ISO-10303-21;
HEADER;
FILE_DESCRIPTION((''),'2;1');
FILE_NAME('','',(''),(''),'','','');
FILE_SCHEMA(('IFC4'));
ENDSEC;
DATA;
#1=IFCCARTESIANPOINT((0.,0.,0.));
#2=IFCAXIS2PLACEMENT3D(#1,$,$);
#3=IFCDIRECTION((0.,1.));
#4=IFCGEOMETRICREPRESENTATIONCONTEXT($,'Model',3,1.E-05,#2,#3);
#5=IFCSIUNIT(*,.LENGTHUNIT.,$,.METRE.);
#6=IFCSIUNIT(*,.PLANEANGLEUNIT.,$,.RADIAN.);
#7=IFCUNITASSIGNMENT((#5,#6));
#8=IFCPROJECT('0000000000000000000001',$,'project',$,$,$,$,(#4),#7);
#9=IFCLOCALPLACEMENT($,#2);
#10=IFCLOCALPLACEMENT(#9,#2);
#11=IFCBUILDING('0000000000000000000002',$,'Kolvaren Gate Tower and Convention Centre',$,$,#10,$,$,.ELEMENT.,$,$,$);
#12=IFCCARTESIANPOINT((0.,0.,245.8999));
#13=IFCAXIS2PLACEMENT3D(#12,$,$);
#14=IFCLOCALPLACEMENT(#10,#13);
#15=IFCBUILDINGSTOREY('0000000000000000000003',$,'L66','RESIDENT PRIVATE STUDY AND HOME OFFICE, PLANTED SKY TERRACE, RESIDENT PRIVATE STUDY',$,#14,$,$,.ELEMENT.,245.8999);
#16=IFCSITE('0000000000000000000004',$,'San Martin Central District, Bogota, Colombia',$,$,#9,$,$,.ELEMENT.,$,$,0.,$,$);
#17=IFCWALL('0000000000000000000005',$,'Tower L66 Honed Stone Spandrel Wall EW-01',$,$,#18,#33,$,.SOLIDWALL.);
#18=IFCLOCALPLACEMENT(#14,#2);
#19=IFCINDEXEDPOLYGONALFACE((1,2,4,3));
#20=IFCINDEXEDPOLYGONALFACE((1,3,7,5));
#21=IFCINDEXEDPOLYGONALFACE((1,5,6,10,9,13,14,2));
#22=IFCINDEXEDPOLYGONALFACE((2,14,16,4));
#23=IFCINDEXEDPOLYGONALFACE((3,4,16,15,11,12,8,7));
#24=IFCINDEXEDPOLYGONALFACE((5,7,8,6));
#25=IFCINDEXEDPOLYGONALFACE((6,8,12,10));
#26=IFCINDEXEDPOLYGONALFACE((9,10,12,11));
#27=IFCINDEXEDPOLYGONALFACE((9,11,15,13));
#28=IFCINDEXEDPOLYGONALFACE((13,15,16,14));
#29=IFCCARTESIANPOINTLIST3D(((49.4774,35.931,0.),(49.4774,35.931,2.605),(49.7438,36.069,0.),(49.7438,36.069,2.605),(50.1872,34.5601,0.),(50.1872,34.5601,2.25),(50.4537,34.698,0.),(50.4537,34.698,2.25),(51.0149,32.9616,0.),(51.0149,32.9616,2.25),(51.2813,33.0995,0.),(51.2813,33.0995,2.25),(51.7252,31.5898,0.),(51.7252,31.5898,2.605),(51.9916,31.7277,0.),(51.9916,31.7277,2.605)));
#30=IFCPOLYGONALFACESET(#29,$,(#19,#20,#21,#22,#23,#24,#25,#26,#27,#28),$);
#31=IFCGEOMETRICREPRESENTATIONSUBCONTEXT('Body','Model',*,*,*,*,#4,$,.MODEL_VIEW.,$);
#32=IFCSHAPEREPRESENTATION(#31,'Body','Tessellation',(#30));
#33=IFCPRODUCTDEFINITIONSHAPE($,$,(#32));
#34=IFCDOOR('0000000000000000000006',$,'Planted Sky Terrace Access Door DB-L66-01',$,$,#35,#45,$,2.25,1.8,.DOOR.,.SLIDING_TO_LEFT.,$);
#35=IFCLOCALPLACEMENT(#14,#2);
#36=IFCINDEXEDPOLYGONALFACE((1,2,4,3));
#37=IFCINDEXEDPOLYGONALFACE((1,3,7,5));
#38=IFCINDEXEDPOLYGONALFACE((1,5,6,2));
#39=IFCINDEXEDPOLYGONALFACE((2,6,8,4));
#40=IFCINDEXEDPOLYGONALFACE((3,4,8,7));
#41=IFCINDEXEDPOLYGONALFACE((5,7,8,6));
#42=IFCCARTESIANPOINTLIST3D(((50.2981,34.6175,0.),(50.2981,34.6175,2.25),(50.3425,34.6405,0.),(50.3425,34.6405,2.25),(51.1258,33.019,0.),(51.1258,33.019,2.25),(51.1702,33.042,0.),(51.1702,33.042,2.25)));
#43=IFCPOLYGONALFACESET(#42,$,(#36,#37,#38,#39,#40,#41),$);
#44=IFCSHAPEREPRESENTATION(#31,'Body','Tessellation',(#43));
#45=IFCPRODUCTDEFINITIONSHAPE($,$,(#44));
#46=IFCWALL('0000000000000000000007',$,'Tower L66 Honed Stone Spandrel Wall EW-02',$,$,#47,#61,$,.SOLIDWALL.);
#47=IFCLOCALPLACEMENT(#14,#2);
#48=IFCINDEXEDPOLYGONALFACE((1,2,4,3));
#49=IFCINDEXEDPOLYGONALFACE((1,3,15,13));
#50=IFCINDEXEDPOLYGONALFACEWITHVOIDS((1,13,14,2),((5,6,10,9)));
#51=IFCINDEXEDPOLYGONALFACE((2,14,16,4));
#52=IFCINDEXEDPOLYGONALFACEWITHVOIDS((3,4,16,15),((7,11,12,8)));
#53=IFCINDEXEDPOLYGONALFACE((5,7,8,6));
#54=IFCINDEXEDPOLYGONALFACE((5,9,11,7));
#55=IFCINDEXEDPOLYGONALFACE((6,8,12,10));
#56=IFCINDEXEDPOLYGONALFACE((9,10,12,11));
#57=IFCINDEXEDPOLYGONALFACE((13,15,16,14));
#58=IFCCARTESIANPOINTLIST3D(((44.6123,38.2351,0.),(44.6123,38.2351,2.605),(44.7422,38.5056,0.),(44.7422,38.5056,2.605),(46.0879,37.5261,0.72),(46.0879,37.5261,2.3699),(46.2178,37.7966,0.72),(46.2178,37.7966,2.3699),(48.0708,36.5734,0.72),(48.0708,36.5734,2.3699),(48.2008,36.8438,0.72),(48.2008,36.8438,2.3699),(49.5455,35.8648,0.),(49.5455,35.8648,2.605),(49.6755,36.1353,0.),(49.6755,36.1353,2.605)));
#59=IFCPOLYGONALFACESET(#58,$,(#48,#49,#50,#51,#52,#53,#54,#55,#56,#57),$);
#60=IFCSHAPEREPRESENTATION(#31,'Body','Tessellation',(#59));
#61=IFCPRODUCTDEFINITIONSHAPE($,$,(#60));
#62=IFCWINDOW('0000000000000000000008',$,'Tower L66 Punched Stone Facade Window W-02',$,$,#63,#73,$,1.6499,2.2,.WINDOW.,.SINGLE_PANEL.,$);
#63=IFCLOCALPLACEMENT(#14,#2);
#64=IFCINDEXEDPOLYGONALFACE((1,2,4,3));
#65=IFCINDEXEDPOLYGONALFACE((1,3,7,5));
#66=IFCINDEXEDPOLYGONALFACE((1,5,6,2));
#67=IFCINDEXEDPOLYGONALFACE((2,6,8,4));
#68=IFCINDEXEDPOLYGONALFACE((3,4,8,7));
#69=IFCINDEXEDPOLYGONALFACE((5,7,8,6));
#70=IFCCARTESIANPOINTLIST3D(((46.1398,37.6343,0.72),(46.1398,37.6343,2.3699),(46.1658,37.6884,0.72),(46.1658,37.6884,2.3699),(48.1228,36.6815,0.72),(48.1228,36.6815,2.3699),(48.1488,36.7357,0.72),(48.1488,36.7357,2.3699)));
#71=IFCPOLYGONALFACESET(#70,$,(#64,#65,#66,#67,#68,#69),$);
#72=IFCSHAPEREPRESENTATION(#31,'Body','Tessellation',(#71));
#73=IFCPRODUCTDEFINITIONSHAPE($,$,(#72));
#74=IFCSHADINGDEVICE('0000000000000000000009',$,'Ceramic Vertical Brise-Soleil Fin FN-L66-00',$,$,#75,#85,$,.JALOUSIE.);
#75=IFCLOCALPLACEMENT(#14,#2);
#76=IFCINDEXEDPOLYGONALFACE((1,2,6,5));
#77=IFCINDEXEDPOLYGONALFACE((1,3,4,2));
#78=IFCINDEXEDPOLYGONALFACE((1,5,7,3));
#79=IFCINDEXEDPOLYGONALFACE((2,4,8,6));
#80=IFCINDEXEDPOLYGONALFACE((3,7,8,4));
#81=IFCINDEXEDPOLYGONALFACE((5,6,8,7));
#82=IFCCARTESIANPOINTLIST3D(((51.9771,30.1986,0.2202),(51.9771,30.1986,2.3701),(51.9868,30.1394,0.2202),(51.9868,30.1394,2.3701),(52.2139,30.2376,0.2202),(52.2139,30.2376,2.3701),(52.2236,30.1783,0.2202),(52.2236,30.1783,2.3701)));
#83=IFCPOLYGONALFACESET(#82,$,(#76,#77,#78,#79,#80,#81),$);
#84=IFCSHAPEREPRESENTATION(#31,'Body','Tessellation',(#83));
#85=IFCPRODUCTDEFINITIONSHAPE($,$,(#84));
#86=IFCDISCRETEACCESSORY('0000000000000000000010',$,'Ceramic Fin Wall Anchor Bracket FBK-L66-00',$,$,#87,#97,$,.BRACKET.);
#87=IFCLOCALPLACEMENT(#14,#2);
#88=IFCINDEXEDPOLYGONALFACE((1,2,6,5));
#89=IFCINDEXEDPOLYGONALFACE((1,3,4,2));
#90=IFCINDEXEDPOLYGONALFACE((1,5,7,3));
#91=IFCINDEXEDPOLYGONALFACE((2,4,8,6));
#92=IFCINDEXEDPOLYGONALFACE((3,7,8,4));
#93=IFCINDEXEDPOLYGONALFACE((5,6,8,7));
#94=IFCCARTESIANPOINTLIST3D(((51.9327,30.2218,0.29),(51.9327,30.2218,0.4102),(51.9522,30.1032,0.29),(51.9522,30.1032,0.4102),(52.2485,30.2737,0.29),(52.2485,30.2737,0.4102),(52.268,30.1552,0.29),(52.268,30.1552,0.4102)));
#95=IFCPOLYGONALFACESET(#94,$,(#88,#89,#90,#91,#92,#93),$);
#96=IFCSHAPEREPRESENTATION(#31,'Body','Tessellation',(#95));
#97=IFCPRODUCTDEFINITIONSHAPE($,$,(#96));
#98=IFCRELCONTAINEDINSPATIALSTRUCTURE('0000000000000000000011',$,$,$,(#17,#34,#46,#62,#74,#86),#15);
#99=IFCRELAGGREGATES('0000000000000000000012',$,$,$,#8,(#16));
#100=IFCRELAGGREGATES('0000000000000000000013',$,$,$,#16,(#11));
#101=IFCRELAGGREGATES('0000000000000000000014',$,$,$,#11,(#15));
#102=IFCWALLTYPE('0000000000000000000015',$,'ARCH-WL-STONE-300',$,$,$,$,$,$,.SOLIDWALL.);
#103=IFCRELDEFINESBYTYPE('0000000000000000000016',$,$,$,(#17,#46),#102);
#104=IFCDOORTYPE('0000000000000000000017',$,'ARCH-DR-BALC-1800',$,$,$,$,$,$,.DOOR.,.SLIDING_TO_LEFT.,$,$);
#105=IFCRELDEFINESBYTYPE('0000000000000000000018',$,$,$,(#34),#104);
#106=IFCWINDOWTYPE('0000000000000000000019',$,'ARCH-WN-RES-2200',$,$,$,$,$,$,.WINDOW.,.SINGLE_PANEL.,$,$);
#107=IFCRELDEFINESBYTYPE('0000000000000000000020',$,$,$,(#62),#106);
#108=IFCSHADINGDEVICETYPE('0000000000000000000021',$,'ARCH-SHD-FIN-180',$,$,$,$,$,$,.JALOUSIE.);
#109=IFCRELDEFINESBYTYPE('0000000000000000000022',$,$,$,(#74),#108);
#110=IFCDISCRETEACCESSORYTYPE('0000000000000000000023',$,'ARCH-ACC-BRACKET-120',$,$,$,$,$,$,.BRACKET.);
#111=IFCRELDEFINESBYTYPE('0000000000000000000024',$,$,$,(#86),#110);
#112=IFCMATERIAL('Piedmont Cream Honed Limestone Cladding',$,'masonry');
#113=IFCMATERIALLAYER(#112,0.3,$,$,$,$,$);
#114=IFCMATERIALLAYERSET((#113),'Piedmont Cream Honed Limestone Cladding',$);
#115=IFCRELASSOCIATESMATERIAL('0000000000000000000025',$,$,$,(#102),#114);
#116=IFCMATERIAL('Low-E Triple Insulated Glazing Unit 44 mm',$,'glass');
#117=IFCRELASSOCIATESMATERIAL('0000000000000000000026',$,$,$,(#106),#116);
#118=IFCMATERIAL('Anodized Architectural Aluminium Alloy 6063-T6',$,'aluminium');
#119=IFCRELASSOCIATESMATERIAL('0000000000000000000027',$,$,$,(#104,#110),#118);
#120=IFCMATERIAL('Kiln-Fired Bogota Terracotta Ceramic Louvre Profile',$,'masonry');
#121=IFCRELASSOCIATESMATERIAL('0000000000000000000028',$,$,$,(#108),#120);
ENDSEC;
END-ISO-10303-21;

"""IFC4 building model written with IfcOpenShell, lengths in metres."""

from ifc_helpers import new_model, si_unit, direction, frame, frame_2d, origin, origin_2d, place, context, subcontext, project, spatial, rectangle, extrude, material, layer, layer_set, type_object, element, fill, save


model = new_model("IFC4")

# Units and contexts
model_context = context("Model", 3, precision=1e-05, world=origin(), true_north=direction((0.0, 1.0)))
body_context = subcontext(model_context, "Body", "Model", "MODEL_VIEW")
ifc_project = project(units=[si_unit("LENGTHUNIT", "METRE"), si_unit("PLANEANGLEUNIT", "RADIAN")], contexts=[model_context])

# Site, building, storey
site_placement = place(None, origin())
site = spatial("IfcSite", under=ifc_project, at=site_placement, Name="San Martin Central District, Bogota, Colombia", CompositionType="ELEMENT", RefElevation=0.0)
building_placement = place(site_placement, origin())
building = spatial("IfcBuilding", under=site, at=building_placement, Name="Kolvaren Gate Tower and Convention Centre", CompositionType="ELEMENT")
storey_placement = place(building_placement, frame((0.0, 0.0, 245.8999)))
storey = spatial("IfcBuildingStorey", under=building, at=storey_placement, Name="L66", Description="RESIDENT PRIVATE STUDY AND HOME OFFICE, PLANTED SKY TERRACE, RESIDENT PRIVATE STUDY", CompositionType="ELEMENT", Elevation=245.8999)

# Shared definitions
ifc_material_1 = material(Name="Anodized Architectural Aluminium Alloy 6063-T6", Category="aluminium")

# Shared definitions
ifc_material_2 = material(Name="Piedmont Cream Honed Limestone Cladding", Category="masonry")

# Shared definitions
ifc_layer_1 = layer(ifc_material_2, 0.3)
ifc_layer_set_1 = layer_set([ifc_layer_1], Name="Piedmont Cream Honed Limestone Cladding")
wall_type_1 = type_object("IfcWallType", Name="ARCH-WL-STONE-300", PredefinedType="SOLIDWALL", material=ifc_layer_set_1)
ifc_material_3 = material(Name="Low-E Triple Insulated Glazing Unit 44 mm", Category="glass")
window_type = type_object("IfcWindowType", Name="ARCH-WN-RES-2200", PartitioningType="SINGLE_PANEL", PredefinedType="WINDOW", material=ifc_material_3)

# Wall, opening, door
wall_1_placement = place(storey_placement, frame((49.6106, 36.0, 0.0), z_axis=(0.0, 0.0, 1.0), x_axis=(0.459794, -0.888026, 0.0)))
wall_1 = element("IfcWall", 1, at=wall_1_placement, inside=storey, type_object=wall_type_1, Name="Tower L66 Honed Stone Spandrel Wall EW-01", PredefinedType="SOLIDWALL", context=body_context, shape_type="SweptSolid", body=[
    extrude(rectangle(XDim=4.8887, YDim=0.3, at=frame_2d((2.4443, 0.0))), origin(), (0.0, 0.0, 1.0), 2.605),
])
opening_1_placement = place(wall_1_placement, frame((1.5439, 0.0, 0.0)))
opening_1 = element("IfcOpeningElement", 2, at=opening_1_placement, cuts=wall_1, PredefinedType="OPENING", context=body_context, shape_type="SweptSolid", body=[
    extrude(rectangle(XDim=1.8, YDim=2.25, at=frame_2d((0.8999, 1.125))), frame((0.0, 0.1599, 0.0), z_axis=(0.0, -1.0, 0.0), x_axis=(1.0, 0.0, 0.0)), (0.0, 0.0, 1.0), 0.3201),
])
door_type_1 = type_object("IfcDoorType", Name="ARCH-DR-BALC-1800", OperationType="SLIDING_TO_LEFT", PredefinedType="DOOR", material=ifc_material_1)
door_1_placement = place(opening_1_placement, origin())
door_1 = element("IfcDoor", 3, at=door_1_placement, inside=storey, type_object=door_type_1, Name="Planted Sky Terrace Access Door DB-L66-01", OperationType="SLIDING_TO_LEFT", OverallHeight=2.25, OverallWidth=1.8, PredefinedType="DOOR", context=body_context, shape_type="SweptSolid", body=[
    extrude(rectangle(XDim=1.8, YDim=2.25, at=frame_2d((0.8999, 1.125))), frame((0.0, 0.0249, 0.0), z_axis=(0.0, -1.0, 0.0), x_axis=(1.0, 0.0, 0.0)), (0.0, 0.0, 1.0), 0.05),
])
fill(opening_1, door_1)

# Wall, opening, window
wall_2_placement = place(storey_placement, frame((44.6772, 38.3704, 0.0), z_axis=(0.0, 0.0, 1.0), x_axis=(0.901355, -0.433081, 0.0)))
wall_2 = element("IfcWall", 4, at=wall_2_placement, inside=storey, type_object=wall_type_1, Name="Tower L66 Honed Stone Spandrel Wall EW-02", PredefinedType="SOLIDWALL", context=body_context, shape_type="SweptSolid", body=[
    extrude(rectangle(XDim=5.4731, YDim=0.3, at=frame_2d((2.7366, 0.0))), origin(), (0.0, 0.0, 1.0), 2.605),
])
opening_2_placement = place(wall_2_placement, frame((1.637, 0.0, 0.72)))
opening_2 = element("IfcOpeningElement", 5, at=opening_2_placement, cuts=wall_2, PredefinedType="OPENING", context=body_context, shape_type="SweptSolid", body=[
    extrude(rectangle(XDim=2.2, YDim=1.6499, at=frame_2d((1.1001, 0.825))), frame((0.0, 0.1599, 0.0), z_axis=(0.0, -1.0, 0.0), x_axis=(1.0, 0.0, 0.0)), (0.0, 0.0, 1.0), 0.3201),
])
window_1_placement = place(opening_2_placement, origin())
window_1 = element("IfcWindow", 6, at=window_1_placement, inside=storey, type_object=window_type, Name="Tower L66 Punched Stone Facade Window W-02", OverallHeight=1.6499, OverallWidth=2.2, PartitioningType="SINGLE_PANEL", PredefinedType="WINDOW", context=body_context, shape_type="SweptSolid", body=[
    extrude(rectangle(XDim=2.2, YDim=1.6499, at=frame_2d((1.1001, 0.825))), frame((0.0, 0.03, 0.0), z_axis=(0.0, -1.0, 0.0), x_axis=(1.0, 0.0, 0.0)), (0.0, 0.0, 1.0), 0.0601),
])
fill(opening_2, window_1)

# Shading device
ifc_material_4 = material(Name="Kiln-Fired Bogota Terracotta Ceramic Louvre Profile", Category="masonry")
shading_device_type = type_object("IfcShadingDeviceType", Name="ARCH-SHD-FIN-180", PredefinedType="JALOUSIE", material=ifc_material_4)
shading_device_placement = place(storey_placement, frame((52.1003, 30.1885, 0.2202), z_axis=(0.0, 0.0, 1.0), x_axis=(0.162389, -0.986727, 0.0)))
element("IfcShadingDevice", 7, at=shading_device_placement, inside=storey, type_object=shading_device_type, Name="Ceramic Vertical Brise-Soleil Fin FN-L66-00", PredefinedType="JALOUSIE", context=body_context, shape_type="SweptSolid", body=[
    extrude(rectangle(XDim=0.0601, YDim=0.24, at=origin_2d()), origin(), (0.0, 0.0, 1.0), 2.1499),
])

# Discrete accessory
discrete_accessory_type = type_object("IfcDiscreteAccessoryType", Name="ARCH-ACC-BRACKET-120", PredefinedType="BRACKET", material=ifc_material_1)
discrete_accessory_placement = place(storey_placement, frame((52.1003, 30.1885, 0.29), z_axis=(0.0, 0.0, 1.0), x_axis=(0.162389, -0.986727, 0.0)))
element("IfcDiscreteAccessory", 8, at=discrete_accessory_placement, inside=storey, type_object=discrete_accessory_type, Name="Ceramic Fin Wall Anchor Bracket FBK-L66-00", PredefinedType="BRACKET", context=body_context, shape_type="SweptSolid", body=[
    extrude(rectangle(XDim=0.1201, YDim=0.3201, at=origin_2d()), origin(), (0.0, 0.0, 1.0), 0.1201),
])

save(model, "model.ifc")
